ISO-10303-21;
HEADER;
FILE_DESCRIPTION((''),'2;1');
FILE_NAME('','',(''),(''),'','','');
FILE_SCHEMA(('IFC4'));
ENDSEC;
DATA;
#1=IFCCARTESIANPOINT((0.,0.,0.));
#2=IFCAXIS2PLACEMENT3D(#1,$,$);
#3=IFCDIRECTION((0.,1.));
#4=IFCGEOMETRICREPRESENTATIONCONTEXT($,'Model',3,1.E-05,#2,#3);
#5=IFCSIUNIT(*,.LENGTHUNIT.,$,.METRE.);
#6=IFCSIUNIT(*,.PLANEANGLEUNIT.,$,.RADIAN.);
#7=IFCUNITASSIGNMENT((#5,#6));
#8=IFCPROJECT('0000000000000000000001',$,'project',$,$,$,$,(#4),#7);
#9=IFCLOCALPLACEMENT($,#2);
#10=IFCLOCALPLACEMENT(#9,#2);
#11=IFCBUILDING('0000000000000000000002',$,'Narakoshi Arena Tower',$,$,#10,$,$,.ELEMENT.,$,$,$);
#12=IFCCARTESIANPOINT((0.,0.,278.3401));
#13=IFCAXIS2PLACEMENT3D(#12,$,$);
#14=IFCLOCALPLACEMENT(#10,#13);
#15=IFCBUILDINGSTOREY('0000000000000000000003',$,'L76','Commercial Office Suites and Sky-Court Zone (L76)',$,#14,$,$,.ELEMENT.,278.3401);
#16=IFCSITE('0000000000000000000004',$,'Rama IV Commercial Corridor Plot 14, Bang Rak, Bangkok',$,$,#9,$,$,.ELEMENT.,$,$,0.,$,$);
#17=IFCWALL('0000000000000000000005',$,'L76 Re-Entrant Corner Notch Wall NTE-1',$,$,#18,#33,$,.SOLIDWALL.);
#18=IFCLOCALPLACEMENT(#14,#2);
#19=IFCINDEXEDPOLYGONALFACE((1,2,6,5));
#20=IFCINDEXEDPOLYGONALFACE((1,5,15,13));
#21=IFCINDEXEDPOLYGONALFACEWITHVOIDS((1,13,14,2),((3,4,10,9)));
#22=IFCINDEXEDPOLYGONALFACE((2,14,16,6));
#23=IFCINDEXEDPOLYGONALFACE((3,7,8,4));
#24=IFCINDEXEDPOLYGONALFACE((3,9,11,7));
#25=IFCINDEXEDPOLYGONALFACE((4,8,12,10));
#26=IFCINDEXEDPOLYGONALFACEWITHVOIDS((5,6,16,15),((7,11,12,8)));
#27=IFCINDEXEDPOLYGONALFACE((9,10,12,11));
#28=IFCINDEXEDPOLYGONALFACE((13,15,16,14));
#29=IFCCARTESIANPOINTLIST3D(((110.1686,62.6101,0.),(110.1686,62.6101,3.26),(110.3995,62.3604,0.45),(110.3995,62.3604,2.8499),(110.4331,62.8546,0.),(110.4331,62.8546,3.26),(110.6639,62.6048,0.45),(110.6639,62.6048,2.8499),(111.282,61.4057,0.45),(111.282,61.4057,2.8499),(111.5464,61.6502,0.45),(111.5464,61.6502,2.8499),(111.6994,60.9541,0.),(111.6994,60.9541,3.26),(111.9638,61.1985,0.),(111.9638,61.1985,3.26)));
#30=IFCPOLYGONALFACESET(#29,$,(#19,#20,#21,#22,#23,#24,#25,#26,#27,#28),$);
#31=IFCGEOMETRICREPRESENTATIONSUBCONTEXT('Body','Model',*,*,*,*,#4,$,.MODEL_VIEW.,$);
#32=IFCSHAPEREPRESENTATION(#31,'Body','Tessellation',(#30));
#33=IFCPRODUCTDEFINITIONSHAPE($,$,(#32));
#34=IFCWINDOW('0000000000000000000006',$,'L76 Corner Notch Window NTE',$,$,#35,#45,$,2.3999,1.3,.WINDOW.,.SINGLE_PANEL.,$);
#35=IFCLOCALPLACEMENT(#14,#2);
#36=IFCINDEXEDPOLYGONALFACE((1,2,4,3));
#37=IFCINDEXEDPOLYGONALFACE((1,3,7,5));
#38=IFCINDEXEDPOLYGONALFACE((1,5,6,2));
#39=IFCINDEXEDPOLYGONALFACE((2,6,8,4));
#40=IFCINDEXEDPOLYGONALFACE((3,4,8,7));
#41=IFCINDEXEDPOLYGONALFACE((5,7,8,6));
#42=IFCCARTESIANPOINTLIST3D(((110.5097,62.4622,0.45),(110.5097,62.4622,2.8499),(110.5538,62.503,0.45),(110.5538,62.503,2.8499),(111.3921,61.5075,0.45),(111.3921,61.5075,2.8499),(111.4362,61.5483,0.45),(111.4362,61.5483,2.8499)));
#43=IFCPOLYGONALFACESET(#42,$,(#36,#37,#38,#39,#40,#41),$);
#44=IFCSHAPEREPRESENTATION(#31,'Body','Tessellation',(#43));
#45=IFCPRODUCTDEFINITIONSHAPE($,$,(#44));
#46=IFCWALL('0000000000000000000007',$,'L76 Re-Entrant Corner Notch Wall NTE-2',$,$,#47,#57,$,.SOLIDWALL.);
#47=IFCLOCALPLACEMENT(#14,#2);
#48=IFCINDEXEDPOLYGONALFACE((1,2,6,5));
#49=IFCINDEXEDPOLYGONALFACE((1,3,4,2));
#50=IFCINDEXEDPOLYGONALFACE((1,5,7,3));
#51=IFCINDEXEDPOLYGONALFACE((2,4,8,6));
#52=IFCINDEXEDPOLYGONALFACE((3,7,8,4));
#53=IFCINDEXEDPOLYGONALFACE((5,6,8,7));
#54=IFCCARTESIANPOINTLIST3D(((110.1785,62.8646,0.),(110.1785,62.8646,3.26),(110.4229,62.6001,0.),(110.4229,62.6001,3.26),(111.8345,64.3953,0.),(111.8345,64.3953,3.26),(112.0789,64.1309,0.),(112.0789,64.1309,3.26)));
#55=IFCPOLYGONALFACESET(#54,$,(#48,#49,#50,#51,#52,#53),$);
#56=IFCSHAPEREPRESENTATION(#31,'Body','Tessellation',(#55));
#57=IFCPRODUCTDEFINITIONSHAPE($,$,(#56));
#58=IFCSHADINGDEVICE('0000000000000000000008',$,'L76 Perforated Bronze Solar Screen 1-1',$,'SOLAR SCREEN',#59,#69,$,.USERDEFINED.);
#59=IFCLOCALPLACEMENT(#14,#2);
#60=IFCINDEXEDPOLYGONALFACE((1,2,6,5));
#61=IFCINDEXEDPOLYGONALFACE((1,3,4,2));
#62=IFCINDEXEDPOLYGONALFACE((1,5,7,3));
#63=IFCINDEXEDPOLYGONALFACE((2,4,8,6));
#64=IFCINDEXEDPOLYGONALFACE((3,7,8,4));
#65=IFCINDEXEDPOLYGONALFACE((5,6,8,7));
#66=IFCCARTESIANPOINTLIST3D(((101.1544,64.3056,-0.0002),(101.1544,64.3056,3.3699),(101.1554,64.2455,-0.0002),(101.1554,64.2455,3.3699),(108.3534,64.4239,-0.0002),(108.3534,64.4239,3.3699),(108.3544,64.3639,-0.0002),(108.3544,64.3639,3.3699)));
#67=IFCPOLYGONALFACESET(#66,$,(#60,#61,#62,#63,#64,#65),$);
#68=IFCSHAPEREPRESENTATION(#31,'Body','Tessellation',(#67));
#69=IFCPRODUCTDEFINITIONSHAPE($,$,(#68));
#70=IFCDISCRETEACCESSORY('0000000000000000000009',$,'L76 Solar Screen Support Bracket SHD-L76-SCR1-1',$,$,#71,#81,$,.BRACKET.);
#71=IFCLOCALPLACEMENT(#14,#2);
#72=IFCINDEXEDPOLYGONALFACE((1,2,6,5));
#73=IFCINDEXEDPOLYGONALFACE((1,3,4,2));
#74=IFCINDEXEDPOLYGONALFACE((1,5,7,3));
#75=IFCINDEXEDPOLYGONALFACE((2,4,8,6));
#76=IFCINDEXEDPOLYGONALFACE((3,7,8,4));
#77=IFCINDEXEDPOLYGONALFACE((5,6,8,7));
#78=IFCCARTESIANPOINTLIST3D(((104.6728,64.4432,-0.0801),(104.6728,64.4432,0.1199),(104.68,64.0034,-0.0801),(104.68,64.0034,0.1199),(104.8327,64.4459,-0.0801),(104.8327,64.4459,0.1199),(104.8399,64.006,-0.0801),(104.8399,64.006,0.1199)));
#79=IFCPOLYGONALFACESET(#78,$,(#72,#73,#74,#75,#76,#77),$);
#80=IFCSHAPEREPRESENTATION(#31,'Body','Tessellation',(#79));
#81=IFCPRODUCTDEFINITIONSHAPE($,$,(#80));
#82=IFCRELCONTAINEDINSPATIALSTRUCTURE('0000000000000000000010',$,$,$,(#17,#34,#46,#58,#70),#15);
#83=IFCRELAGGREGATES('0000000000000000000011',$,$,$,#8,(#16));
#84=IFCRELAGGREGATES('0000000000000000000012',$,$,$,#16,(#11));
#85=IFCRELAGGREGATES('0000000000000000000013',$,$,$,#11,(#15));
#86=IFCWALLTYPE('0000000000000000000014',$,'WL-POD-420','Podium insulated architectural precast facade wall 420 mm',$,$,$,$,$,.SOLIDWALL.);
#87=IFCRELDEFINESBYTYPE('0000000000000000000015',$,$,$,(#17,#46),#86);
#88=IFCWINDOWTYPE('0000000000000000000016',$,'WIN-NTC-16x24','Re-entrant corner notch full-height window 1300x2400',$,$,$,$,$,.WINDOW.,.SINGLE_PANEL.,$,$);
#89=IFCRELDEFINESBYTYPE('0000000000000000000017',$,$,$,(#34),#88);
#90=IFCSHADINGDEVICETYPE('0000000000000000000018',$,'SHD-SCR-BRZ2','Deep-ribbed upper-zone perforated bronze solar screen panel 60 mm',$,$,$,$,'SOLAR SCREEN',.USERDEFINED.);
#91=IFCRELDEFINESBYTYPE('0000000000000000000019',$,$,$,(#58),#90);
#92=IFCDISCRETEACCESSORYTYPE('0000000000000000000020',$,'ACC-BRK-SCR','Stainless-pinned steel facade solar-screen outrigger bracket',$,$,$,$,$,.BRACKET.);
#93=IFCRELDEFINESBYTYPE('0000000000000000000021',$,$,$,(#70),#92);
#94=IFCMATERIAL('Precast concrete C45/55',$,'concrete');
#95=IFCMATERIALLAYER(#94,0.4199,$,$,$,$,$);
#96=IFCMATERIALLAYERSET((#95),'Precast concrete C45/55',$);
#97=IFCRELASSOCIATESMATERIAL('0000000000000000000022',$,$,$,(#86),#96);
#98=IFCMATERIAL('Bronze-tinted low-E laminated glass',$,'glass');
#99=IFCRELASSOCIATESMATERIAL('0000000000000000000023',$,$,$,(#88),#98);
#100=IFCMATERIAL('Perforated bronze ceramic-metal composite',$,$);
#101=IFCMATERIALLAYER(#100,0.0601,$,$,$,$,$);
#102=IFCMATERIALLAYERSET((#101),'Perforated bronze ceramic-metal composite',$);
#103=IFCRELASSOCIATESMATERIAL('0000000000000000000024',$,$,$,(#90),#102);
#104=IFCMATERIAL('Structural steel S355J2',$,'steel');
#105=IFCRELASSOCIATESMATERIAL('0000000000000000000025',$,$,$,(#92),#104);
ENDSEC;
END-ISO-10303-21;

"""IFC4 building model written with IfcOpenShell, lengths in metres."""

from ifc_helpers import new_model, si_unit, direction, frame, frame_2d, origin, origin_2d, place, context, subcontext, project, spatial, rectangle, extrude, material, layer, layer_set, type_object, element, fill, save


model = new_model("IFC4")

# Units and contexts
model_context = context("Model", 3, precision=1e-05, world=origin(), true_north=direction((0.0, 1.0)))
body_context = subcontext(model_context, "Body", "Model", "MODEL_VIEW")
ifc_project = project(units=[si_unit("LENGTHUNIT", "METRE"), si_unit("PLANEANGLEUNIT", "RADIAN")], contexts=[model_context])

# Site, building, storey
site_placement = place(None, origin())
site = spatial("IfcSite", under=ifc_project, at=site_placement, Name="Rama IV Commercial Corridor Plot 14, Bang Rak, Bangkok", CompositionType="ELEMENT", RefElevation=0.0)
building_placement = place(site_placement, origin())
building = spatial("IfcBuilding", under=site, at=building_placement, Name="Narakoshi Arena Tower", CompositionType="ELEMENT")
storey_placement = place(building_placement, frame((0.0, 0.0, 278.3401)))
storey = spatial("IfcBuildingStorey", under=building, at=storey_placement, Name="L76", Description="Commercial Office Suites and Sky-Court Zone (L76)", CompositionType="ELEMENT", Elevation=278.3401)

# Shared definitions
ifc_material_1 = material(Name="Structural steel S355J2", Category="steel")

# Shared definitions
ifc_material_2 = material(Name="Bronze-tinted low-E laminated glass", Category="glass")

# Shared definitions
ifc_material_3 = material(Name="Precast concrete C45/55", Category="concrete")

# Wall, opening, window
ifc_layer_1 = layer(ifc_material_3, 0.4199)
ifc_layer_set_1 = layer_set([ifc_layer_1], Name="Precast concrete C45/55")
wall_type_1 = type_object("IfcWallType", Name="WL-POD-420", Description="Podium insulated architectural precast facade wall 420 mm", PredefinedType="SOLIDWALL", material=ifc_layer_set_1)
wall_1_placement = place(storey_placement, frame((111.8315, 61.0764, 0.0), z_axis=(0.0, 0.0, 1.0), x_axis=(-0.678793, 0.73433, 0.0)))
wall_1 = element("IfcWall", 1, at=wall_1_placement, inside=storey, type_object=wall_type_1, Name="L76 Re-Entrant Corner Notch Wall NTE-1", PredefinedType="SOLIDWALL", context=body_context, shape_type="SweptSolid", body=[
    extrude(rectangle(XDim=2.2551, YDim=0.3601, at=frame_2d((1.1274, 0.0))), origin(), (0.0, 0.0, 1.0), 3.26),
])
opening_1_placement = place(wall_1_placement, frame((0.615, 0.0, 0.45)))
opening_1 = element("IfcOpeningElement", 2, at=opening_1_placement, cuts=wall_1, PredefinedType="OPENING", context=body_context, shape_type="SweptSolid", body=[
    extrude(rectangle(XDim=1.3, YDim=2.3999, at=frame_2d((0.6499, 1.2))), frame((0.0, 0.1899, 0.0), z_axis=(0.0, -1.0, 0.0), x_axis=(1.0, 0.0, 0.0)), (0.0, 0.0, 1.0), 0.3801),
])
window_type_1 = type_object("IfcWindowType", Name="WIN-NTC-16x24", Description="Re-entrant corner notch full-height window 1300x2400", PartitioningType="SINGLE_PANEL", PredefinedType="WINDOW", material=ifc_material_2)
window_1_placement = place(opening_1_placement, origin())
window_1 = element("IfcWindow", 3, at=window_1_placement, inside=storey, type_object=window_type_1, Name="L76 Corner Notch Window NTE", OverallHeight=2.3999, OverallWidth=1.3, PartitioningType="SINGLE_PANEL", PredefinedType="WINDOW", context=body_context, shape_type="SweptSolid", body=[
    extrude(rectangle(XDim=1.3, YDim=2.3999, at=frame_2d((0.6499, 1.2))), frame((0.0, 0.03, 0.0), z_axis=(0.0, -1.0, 0.0), x_axis=(1.0, 0.0, 0.0)), (0.0, 0.0, 1.0), 0.0601),
])
fill(opening_1, window_1)

# Wall
wall_2_placement = place(storey_placement, frame((110.3008, 62.7324, 0.0), z_axis=(0.0, 0.0, 1.0), x_axis=(0.73433, 0.678793, 0.0)))
element("IfcWall", 4, at=wall_2_placement, inside=storey, type_object=wall_type_1, Name="L76 Re-Entrant Corner Notch Wall NTE-2", PredefinedType="SOLIDWALL", context=body_context, shape_type="SweptSolid", body=[
    extrude(rectangle(XDim=2.2551, YDim=0.3601, at=frame_2d((1.1274, 0.0))), origin(), (0.0, 0.0, 1.0), 3.26),
])

# Shading device
ifc_material_4 = material(Name="Perforated bronze ceramic-metal composite")
ifc_layer_2 = layer(ifc_material_4, 0.0601)
ifc_layer_set_2 = layer_set([ifc_layer_2], Name="Perforated bronze ceramic-metal composite")
shading_device_type = type_object("IfcShadingDeviceType", Name="SHD-SCR-BRZ2", Description="Deep-ribbed upper-zone perforated bronze solar screen panel 60 mm", ElementType="SOLAR SCREEN", PredefinedType="USERDEFINED", material=ifc_layer_set_2)
shading_device_placement = place(storey_placement, frame((104.7544, 64.3347, -0.0002), z_axis=(0.0, 0.0, 1.0), x_axis=(-0.999865, -0.01644, 0.0)))
element("IfcShadingDevice", 5, at=shading_device_placement, inside=storey, type_object=shading_device_type, Name="L76 Perforated Bronze Solar Screen 1-1", ObjectType="SOLAR SCREEN", PredefinedType="USERDEFINED", context=body_context, shape_type="SweptSolid", body=[
    extrude(rectangle(XDim=7.2, YDim=0.0601, at=origin_2d()), origin(), (0.0, 0.0, 1.0), 3.3701),
])

# Discrete accessory
discrete_accessory_type = type_object("IfcDiscreteAccessoryType", Name="ACC-BRK-SCR", Description="Stainless-pinned steel facade solar-screen outrigger bracket", PredefinedType="BRACKET", material=ifc_material_1)
discrete_accessory_placement = place(storey_placement, frame((104.7563, 64.2246, -0.0801), z_axis=(0.0, 0.0, 1.0), x_axis=(-0.999865, -0.01644, 0.0)))
element("IfcDiscreteAccessory", 6, at=discrete_accessory_placement, inside=storey, type_object=discrete_accessory_type, Name="L76 Solar Screen Support Bracket SHD-L76-SCR1-1", PredefinedType="BRACKET", context=body_context, shape_type="SweptSolid", body=[
    extrude(rectangle(XDim=0.1599, YDim=0.4399, at=origin_2d()), origin(), (0.0, 0.0, 1.0), 0.2),
])

save(model, "model.ifc")
